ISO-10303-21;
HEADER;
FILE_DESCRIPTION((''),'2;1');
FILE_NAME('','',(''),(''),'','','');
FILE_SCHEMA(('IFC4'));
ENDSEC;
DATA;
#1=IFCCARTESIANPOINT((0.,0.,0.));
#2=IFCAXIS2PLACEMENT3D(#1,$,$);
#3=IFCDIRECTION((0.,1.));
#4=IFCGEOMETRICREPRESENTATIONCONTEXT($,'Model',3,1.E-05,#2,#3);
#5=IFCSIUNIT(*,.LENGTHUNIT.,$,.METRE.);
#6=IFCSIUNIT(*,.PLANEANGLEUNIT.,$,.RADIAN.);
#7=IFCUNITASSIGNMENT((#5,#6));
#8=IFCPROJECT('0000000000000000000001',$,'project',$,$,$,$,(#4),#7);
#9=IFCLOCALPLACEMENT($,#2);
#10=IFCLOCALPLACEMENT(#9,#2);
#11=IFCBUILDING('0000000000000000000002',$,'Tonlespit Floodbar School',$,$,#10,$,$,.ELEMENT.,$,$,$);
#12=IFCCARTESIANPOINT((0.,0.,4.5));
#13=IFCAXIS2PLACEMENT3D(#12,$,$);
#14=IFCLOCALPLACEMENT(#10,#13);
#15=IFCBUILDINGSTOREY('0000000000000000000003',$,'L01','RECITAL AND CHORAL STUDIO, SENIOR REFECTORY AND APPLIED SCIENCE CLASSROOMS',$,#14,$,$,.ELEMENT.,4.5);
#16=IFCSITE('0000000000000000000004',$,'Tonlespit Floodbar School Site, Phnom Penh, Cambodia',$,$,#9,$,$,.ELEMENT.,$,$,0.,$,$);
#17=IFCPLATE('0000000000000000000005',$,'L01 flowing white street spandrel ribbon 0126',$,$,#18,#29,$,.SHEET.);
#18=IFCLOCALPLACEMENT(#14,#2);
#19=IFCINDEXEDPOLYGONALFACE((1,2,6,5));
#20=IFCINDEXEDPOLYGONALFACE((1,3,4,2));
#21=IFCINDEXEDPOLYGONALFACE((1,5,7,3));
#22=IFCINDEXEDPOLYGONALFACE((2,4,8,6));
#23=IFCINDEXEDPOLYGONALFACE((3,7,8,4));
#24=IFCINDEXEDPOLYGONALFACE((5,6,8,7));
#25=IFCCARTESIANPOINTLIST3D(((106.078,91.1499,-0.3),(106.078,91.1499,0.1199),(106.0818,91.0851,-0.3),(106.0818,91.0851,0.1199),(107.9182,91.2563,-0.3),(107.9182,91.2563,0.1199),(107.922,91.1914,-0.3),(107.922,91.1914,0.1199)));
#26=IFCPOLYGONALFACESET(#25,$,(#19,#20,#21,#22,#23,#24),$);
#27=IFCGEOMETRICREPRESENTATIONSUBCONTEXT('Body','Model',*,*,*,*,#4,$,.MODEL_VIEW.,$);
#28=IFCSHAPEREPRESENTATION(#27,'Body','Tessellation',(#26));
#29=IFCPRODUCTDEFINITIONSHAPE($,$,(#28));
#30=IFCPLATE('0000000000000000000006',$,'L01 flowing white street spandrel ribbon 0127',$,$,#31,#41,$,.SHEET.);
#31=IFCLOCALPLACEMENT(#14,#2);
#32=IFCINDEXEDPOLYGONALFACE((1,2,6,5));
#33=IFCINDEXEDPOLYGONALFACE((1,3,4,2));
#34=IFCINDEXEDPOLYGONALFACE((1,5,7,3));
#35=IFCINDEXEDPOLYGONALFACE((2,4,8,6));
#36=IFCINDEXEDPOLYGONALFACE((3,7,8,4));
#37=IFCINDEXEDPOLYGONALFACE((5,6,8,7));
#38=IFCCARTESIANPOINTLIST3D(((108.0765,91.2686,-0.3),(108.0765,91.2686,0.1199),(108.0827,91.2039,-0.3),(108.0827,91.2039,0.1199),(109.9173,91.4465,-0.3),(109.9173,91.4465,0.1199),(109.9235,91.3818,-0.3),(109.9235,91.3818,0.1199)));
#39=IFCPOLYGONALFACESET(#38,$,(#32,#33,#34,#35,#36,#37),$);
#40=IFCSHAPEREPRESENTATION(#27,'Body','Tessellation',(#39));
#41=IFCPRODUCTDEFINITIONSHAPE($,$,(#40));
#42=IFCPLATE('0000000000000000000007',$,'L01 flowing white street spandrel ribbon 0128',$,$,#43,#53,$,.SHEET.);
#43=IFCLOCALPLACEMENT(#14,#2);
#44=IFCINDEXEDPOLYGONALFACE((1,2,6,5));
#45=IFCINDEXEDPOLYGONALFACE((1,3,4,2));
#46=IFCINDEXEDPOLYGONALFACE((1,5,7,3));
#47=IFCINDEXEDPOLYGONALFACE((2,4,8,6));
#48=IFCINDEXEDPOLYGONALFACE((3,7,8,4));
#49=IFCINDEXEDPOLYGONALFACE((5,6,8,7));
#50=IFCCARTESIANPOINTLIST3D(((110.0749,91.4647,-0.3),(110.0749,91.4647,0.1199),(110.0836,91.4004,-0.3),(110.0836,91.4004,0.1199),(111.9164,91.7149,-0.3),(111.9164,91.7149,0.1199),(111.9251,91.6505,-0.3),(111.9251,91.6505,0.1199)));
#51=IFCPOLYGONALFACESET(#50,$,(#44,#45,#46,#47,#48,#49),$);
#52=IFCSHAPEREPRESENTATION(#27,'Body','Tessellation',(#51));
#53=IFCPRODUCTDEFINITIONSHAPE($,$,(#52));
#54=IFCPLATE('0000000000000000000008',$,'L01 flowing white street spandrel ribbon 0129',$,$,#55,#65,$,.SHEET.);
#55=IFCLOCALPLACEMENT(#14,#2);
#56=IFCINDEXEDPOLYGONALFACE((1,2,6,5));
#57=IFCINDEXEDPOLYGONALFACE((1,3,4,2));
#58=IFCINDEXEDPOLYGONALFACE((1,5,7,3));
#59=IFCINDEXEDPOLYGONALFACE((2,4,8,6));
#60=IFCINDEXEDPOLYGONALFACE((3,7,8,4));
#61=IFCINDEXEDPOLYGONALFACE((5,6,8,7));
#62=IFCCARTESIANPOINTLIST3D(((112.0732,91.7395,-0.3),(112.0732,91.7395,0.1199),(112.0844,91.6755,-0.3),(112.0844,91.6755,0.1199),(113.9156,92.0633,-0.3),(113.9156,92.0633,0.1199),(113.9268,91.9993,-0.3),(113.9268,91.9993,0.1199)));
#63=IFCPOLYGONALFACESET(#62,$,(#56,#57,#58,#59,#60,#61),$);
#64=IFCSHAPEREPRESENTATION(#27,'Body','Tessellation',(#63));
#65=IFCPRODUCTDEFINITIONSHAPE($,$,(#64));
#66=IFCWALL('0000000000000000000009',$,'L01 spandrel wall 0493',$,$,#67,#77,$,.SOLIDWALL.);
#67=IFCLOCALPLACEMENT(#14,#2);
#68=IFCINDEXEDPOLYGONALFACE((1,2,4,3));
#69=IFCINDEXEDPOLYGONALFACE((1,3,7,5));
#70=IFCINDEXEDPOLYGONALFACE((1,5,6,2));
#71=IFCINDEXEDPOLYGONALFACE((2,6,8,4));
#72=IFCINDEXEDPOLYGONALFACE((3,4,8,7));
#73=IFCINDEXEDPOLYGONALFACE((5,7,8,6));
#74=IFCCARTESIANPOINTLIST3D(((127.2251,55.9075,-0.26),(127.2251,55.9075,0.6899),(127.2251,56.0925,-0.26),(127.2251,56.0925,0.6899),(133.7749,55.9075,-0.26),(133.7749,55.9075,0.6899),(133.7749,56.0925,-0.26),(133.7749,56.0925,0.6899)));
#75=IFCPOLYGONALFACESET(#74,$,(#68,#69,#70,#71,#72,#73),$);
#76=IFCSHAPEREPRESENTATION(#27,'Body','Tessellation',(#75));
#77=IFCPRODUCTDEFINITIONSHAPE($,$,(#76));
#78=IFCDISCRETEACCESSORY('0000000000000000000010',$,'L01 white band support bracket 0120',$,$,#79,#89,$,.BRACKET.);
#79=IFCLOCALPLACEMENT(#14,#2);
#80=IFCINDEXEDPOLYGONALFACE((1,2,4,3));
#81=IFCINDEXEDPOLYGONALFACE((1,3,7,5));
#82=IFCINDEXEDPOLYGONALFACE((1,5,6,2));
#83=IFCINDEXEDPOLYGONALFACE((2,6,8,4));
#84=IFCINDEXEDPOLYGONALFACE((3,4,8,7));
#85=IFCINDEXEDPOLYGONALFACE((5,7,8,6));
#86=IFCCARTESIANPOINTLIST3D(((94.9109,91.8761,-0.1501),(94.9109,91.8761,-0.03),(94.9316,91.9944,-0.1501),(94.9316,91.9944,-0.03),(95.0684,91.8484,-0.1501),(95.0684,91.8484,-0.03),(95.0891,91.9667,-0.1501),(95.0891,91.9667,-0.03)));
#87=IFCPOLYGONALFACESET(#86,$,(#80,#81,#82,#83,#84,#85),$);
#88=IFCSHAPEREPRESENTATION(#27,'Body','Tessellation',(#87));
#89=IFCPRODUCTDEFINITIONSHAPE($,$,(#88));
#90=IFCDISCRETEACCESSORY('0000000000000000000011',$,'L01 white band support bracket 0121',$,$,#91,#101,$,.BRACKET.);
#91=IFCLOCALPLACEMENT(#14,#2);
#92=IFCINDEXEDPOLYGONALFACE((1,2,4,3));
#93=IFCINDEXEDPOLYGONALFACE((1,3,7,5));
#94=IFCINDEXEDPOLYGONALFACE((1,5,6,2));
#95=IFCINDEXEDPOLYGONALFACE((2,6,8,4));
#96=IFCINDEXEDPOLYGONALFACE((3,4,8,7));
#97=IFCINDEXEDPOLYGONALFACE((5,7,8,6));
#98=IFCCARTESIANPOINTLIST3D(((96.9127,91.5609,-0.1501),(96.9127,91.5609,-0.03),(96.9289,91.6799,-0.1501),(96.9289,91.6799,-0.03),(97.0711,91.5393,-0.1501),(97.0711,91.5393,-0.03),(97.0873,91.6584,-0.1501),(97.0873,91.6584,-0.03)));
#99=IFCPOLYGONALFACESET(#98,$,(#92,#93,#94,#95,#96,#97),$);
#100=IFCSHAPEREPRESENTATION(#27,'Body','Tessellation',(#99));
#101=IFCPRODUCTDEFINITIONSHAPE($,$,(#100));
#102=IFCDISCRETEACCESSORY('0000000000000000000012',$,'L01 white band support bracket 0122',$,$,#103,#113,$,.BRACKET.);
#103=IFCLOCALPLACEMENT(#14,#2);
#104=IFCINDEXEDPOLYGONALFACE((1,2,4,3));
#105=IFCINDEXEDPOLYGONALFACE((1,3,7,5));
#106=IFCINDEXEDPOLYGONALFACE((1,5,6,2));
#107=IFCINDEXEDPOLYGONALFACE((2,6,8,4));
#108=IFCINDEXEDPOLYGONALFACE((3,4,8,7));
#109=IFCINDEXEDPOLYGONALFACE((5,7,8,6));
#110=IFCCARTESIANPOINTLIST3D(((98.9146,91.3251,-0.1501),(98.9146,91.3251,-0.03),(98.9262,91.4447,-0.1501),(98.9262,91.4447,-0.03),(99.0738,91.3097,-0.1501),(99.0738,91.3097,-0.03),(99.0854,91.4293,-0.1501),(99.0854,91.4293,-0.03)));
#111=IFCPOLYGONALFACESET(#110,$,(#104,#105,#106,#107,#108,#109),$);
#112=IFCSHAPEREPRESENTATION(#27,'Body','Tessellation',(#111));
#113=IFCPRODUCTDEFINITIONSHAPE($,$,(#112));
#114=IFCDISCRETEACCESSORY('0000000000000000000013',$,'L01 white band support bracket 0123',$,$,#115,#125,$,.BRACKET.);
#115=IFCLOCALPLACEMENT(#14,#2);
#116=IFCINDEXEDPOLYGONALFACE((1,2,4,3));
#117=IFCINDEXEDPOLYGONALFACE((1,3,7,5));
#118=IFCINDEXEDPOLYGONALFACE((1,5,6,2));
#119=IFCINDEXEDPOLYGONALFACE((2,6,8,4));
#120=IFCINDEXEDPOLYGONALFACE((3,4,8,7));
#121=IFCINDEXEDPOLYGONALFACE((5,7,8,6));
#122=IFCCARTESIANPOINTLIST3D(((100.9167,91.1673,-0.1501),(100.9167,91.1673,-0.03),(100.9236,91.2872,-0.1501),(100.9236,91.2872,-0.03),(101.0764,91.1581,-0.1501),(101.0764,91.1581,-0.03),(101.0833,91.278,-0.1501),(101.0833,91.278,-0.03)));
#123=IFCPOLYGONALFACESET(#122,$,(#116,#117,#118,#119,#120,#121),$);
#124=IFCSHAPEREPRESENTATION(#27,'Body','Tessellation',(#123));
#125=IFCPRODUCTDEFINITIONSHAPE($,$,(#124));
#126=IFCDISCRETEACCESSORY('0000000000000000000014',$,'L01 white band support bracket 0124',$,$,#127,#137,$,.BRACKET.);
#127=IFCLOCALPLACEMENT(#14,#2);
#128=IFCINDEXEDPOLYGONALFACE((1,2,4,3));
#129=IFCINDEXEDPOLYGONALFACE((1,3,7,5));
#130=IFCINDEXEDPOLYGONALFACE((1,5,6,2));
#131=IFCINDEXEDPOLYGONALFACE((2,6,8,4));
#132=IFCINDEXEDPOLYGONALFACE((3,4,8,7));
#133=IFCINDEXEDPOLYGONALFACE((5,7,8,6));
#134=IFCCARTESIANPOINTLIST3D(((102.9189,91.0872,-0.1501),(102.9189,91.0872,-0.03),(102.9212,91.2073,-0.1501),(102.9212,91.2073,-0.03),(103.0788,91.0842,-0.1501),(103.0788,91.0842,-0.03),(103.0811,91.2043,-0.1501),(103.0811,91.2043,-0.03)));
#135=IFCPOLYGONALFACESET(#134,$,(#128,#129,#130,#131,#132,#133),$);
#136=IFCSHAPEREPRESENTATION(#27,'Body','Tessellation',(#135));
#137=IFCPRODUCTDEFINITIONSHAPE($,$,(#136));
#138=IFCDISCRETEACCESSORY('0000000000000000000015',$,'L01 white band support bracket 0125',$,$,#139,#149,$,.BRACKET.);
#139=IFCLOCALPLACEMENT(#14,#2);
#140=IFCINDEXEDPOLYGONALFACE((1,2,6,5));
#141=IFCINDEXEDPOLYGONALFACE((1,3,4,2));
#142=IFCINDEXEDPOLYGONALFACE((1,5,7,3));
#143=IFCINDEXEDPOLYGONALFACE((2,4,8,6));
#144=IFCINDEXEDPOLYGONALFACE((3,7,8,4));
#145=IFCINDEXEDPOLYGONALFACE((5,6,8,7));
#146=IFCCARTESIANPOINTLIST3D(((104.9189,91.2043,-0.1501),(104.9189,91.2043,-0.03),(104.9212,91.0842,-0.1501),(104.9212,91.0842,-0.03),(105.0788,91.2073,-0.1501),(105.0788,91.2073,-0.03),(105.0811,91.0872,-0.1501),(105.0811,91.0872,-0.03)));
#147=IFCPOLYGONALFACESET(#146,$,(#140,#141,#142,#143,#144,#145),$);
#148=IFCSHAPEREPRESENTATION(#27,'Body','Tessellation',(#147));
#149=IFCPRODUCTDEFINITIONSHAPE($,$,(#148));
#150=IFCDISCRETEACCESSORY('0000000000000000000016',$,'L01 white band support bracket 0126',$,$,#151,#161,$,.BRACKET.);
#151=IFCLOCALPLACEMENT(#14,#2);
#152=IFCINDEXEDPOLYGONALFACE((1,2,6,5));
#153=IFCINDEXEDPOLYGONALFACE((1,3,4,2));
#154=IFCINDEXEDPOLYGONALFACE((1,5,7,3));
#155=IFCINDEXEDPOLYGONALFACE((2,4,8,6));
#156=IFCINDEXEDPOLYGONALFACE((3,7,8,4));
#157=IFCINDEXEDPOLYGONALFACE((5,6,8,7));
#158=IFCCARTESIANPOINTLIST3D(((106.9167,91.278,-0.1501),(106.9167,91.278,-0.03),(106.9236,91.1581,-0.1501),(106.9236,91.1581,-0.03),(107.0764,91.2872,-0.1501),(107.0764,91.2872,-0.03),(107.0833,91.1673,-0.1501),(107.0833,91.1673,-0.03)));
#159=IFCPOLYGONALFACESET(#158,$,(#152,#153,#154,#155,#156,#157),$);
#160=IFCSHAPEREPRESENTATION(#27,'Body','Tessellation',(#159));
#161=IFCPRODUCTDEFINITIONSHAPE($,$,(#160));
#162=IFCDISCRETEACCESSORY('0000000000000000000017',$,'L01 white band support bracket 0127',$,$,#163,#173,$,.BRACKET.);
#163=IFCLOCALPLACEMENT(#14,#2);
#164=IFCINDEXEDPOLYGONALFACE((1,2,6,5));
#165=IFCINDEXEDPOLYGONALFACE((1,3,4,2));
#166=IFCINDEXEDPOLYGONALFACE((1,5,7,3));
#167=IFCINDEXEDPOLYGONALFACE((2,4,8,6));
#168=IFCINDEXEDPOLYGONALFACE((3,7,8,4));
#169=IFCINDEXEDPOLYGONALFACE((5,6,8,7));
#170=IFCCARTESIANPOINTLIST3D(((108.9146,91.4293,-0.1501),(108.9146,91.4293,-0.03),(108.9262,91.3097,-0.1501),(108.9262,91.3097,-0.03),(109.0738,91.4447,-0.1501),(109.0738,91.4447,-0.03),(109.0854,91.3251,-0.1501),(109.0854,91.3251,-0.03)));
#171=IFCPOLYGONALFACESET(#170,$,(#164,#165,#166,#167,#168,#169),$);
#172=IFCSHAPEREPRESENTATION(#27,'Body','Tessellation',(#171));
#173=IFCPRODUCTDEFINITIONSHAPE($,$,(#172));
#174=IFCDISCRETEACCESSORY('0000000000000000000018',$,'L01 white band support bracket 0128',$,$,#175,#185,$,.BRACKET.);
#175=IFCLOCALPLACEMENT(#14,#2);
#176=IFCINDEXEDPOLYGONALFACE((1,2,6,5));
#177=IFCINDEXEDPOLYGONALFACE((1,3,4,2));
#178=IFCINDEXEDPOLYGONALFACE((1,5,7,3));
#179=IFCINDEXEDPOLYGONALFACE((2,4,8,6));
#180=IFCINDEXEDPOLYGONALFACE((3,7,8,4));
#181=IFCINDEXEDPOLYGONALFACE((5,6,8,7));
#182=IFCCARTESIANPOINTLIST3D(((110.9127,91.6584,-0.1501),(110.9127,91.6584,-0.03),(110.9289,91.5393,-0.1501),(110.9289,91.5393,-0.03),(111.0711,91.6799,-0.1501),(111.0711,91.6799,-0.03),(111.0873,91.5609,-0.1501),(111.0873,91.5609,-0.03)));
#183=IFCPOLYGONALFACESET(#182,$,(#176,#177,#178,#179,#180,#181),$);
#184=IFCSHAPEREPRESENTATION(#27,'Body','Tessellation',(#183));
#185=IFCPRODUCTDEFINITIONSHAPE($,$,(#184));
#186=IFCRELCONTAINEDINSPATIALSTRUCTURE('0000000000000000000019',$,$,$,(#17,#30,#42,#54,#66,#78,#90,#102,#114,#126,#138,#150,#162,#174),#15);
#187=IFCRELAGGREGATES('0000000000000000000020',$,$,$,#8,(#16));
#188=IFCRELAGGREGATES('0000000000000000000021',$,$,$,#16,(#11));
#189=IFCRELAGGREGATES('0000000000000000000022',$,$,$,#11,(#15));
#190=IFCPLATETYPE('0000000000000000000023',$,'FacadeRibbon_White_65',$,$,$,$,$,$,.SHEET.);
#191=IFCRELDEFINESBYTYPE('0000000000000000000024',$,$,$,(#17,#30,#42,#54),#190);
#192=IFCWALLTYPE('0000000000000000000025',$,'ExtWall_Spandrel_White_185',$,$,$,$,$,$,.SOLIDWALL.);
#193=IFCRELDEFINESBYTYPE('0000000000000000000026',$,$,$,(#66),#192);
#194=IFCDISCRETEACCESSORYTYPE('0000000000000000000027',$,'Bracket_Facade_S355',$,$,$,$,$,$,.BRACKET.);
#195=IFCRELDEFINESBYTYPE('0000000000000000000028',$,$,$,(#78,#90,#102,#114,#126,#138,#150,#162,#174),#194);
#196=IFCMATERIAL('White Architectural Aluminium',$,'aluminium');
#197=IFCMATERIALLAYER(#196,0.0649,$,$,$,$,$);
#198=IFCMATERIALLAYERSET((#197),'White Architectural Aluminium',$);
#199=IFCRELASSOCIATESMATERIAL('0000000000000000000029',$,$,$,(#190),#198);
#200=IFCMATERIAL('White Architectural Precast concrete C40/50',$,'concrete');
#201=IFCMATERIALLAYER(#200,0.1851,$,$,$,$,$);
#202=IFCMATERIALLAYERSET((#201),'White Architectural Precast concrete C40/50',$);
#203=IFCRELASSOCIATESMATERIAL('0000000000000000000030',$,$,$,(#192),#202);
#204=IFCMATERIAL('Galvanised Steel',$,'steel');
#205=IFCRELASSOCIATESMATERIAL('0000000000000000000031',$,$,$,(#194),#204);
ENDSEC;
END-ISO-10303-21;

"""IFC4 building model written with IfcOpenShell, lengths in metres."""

from ifc_helpers import new_model, si_unit, direction, frame, frame_2d, origin, origin_2d, place, context, subcontext, project, spatial, rectangle, extrude, material, layer, layer_set, type_object, element, save


model = new_model("IFC4")

# Units and contexts
model_context = context("Model", 3, precision=1e-05, world=origin(), true_north=direction((0.0, 1.0)))
body_context = subcontext(model_context, "Body", "Model", "MODEL_VIEW")
ifc_project = project(units=[si_unit("LENGTHUNIT", "METRE"), si_unit("PLANEANGLEUNIT", "RADIAN")], contexts=[model_context])

# Site, building, storey
site_placement = place(None, origin())
site = spatial("IfcSite", under=ifc_project, at=site_placement, Name="Tonlespit Floodbar School Site, Phnom Penh, Cambodia", CompositionType="ELEMENT", RefElevation=0.0)
building_placement = place(site_placement, origin())
building = spatial("IfcBuilding", under=site, at=building_placement, Name="Tonlespit Floodbar School", CompositionType="ELEMENT")
storey_placement = place(building_placement, frame((0.0, 0.0, 4.5)))
storey = spatial("IfcBuildingStorey", under=building, at=storey_placement, Name="L01", Description="RECITAL AND CHORAL STUDIO, SENIOR REFECTORY AND APPLIED SCIENCE CLASSROOMS", CompositionType="ELEMENT", Elevation=4.5)

# Plates
ifc_material_1 = material(Name="White Architectural Aluminium", Category="aluminium")
ifc_layer_1 = layer(ifc_material_1, 0.0649)
ifc_layer_set_1 = layer_set([ifc_layer_1], Name="White Architectural Aluminium")
plate_type = type_object("IfcPlateType", Name="FacadeRibbon_White_65", PredefinedType="SHEET", material=ifc_layer_set_1)
plate_1_placement = place(storey_placement, frame((107.0, 91.1707, -0.3), z_axis=(0.0, 0.0, 1.0), x_axis=(0.998334, 0.057703, 0.0)))
element("IfcPlate", 1, at=plate_1_placement, inside=storey, type_object=plate_type, Name="L01 flowing white street spandrel ribbon 0126", PredefinedType="SHEET", context=body_context, shape_type="SweptSolid", body=[
    extrude(rectangle(XDim=1.8433, YDim=0.0649, at=origin_2d()), origin(), (0.0, 0.0, 1.0), 0.4199),
])
plate_2_placement = place(storey_placement, frame((109.0, 91.3252, -0.3), z_axis=(0.0, 0.0, 1.0), x_axis=(0.995362, 0.096202, 0.0)))
element("IfcPlate", 2, at=plate_2_placement, inside=storey, type_object=plate_type, Name="L01 flowing white street spandrel ribbon 0127", PredefinedType="SHEET", context=body_context, shape_type="SweptSolid", body=[
    extrude(rectangle(XDim=1.8494, YDim=0.0649, at=origin_2d()), origin(), (0.0, 0.0, 1.0), 0.4199),
])
plate_3_placement = place(storey_placement, frame((111.0, 91.5576, -0.3), z_axis=(0.0, 0.0, 1.0), x_axis=(0.990898, 0.134614, 0.0)))
element("IfcPlate", 3, at=plate_3_placement, inside=storey, type_object=plate_type, Name="L01 flowing white street spandrel ribbon 0128", PredefinedType="SHEET", context=body_context, shape_type="SweptSolid", body=[
    extrude(rectangle(XDim=1.8584, YDim=0.0649, at=origin_2d()), origin(), (0.0, 0.0, 1.0), 0.4199),
])
plate_4_placement = place(storey_placement, frame((113.0, 91.8694, -0.3), z_axis=(0.0, 0.0, 1.0), x_axis=(0.984905, 0.173096, 0.0)))
element("IfcPlate", 4, at=plate_4_placement, inside=storey, type_object=plate_type, Name="L01 flowing white street spandrel ribbon 0129", PredefinedType="SHEET", context=body_context, shape_type="SweptSolid", body=[
    extrude(rectangle(XDim=1.8706, YDim=0.0649, at=origin_2d()), origin(), (0.0, 0.0, 1.0), 0.4199),
])

# Wall
ifc_material_2 = material(Name="White Architectural Precast concrete C40/50", Category="concrete")
ifc_layer_2 = layer(ifc_material_2, 0.1851)
ifc_layer_set_2 = layer_set([ifc_layer_2], Name="White Architectural Precast concrete C40/50")
wall_type = type_object("IfcWallType", Name="ExtWall_Spandrel_White_185", PredefinedType="SOLIDWALL", material=ifc_layer_set_2)
wall_placement = place(storey_placement, frame((127.2251, 56.0, -0.26), z_axis=(0.0, 0.0, 1.0), x_axis=(1.0, 0.0, 0.0)))
element("IfcWall", 5, at=wall_placement, inside=storey, type_object=wall_type, Name="L01 spandrel wall 0493", PredefinedType="SOLIDWALL", context=body_context, shape_type="SweptSolid", body=[
    extrude(rectangle(XDim=6.5498, YDim=0.1851, at=frame_2d((3.2749, 0.0))), origin(), (0.0, 0.0, 1.0), 0.95),
])

# Discrete accessories
ifc_material_3 = material(Name="Galvanised Steel", Category="steel")
discrete_accessory_type = type_object("IfcDiscreteAccessoryType", Name="Bracket_Facade_S355", PredefinedType="BRACKET", material=ifc_material_3)
for number, where, z_axis, x_axis, name in (
    (6, (95.0, 91.9214, -0.1501), (0.0, 0.0, 1.0), (0.984905, -0.173096, 0.0), "L01 white band support bracket 0120"),
    (7, (97.0, 91.6096, -0.1501), (0.0, 0.0, 1.0), (0.990898, -0.134614, 0.0), "L01 white band support bracket 0121"),
    (8, (99.0, 91.3772, -0.1501), (0.0, 0.0, 1.0), (0.995362, -0.096202, 0.0), "L01 white band support bracket 0122"),
    (9, (101.0, 91.2227, -0.1501), (0.0, 0.0, 1.0), (0.998334, -0.057703, 0.0), "L01 white band support bracket 0123"),
    (10, (103.0, 91.1458, -0.1501), (0.0, 0.0, 1.0), (0.999815, -0.019246, 0.0), "L01 white band support bracket 0124"),
    (11, (105.0, 91.1458, -0.1501), (0.0, 0.0, 1.0), (0.999815, 0.019246, 0.0), "L01 white band support bracket 0125"),
    (12, (107.0, 91.2227, -0.1501), (0.0, 0.0, 1.0), (0.998334, 0.057703, 0.0), "L01 white band support bracket 0126"),
    (13, (109.0, 91.3772, -0.1501), (0.0, 0.0, 1.0), (0.995362, 0.096202, 0.0), "L01 white band support bracket 0127"),
    (14, (111.0, 91.6096, -0.1501), (0.0, 0.0, 1.0), (0.990898, 0.134614, 0.0), "L01 white band support bracket 0128"),
):
    element("IfcDiscreteAccessory", number, at=place(storey_placement, frame(where, z_axis=z_axis, x_axis=x_axis)), inside=storey, type_object=discrete_accessory_type, Name=name, PredefinedType="BRACKET", context=body_context, shape_type="SweptSolid", body=[
        extrude(rectangle(XDim=0.1599, YDim=0.1201, at=origin_2d()), origin(), (0.0, 0.0, 1.0), 0.1201),
    ])

save(model, "model.ifc")
